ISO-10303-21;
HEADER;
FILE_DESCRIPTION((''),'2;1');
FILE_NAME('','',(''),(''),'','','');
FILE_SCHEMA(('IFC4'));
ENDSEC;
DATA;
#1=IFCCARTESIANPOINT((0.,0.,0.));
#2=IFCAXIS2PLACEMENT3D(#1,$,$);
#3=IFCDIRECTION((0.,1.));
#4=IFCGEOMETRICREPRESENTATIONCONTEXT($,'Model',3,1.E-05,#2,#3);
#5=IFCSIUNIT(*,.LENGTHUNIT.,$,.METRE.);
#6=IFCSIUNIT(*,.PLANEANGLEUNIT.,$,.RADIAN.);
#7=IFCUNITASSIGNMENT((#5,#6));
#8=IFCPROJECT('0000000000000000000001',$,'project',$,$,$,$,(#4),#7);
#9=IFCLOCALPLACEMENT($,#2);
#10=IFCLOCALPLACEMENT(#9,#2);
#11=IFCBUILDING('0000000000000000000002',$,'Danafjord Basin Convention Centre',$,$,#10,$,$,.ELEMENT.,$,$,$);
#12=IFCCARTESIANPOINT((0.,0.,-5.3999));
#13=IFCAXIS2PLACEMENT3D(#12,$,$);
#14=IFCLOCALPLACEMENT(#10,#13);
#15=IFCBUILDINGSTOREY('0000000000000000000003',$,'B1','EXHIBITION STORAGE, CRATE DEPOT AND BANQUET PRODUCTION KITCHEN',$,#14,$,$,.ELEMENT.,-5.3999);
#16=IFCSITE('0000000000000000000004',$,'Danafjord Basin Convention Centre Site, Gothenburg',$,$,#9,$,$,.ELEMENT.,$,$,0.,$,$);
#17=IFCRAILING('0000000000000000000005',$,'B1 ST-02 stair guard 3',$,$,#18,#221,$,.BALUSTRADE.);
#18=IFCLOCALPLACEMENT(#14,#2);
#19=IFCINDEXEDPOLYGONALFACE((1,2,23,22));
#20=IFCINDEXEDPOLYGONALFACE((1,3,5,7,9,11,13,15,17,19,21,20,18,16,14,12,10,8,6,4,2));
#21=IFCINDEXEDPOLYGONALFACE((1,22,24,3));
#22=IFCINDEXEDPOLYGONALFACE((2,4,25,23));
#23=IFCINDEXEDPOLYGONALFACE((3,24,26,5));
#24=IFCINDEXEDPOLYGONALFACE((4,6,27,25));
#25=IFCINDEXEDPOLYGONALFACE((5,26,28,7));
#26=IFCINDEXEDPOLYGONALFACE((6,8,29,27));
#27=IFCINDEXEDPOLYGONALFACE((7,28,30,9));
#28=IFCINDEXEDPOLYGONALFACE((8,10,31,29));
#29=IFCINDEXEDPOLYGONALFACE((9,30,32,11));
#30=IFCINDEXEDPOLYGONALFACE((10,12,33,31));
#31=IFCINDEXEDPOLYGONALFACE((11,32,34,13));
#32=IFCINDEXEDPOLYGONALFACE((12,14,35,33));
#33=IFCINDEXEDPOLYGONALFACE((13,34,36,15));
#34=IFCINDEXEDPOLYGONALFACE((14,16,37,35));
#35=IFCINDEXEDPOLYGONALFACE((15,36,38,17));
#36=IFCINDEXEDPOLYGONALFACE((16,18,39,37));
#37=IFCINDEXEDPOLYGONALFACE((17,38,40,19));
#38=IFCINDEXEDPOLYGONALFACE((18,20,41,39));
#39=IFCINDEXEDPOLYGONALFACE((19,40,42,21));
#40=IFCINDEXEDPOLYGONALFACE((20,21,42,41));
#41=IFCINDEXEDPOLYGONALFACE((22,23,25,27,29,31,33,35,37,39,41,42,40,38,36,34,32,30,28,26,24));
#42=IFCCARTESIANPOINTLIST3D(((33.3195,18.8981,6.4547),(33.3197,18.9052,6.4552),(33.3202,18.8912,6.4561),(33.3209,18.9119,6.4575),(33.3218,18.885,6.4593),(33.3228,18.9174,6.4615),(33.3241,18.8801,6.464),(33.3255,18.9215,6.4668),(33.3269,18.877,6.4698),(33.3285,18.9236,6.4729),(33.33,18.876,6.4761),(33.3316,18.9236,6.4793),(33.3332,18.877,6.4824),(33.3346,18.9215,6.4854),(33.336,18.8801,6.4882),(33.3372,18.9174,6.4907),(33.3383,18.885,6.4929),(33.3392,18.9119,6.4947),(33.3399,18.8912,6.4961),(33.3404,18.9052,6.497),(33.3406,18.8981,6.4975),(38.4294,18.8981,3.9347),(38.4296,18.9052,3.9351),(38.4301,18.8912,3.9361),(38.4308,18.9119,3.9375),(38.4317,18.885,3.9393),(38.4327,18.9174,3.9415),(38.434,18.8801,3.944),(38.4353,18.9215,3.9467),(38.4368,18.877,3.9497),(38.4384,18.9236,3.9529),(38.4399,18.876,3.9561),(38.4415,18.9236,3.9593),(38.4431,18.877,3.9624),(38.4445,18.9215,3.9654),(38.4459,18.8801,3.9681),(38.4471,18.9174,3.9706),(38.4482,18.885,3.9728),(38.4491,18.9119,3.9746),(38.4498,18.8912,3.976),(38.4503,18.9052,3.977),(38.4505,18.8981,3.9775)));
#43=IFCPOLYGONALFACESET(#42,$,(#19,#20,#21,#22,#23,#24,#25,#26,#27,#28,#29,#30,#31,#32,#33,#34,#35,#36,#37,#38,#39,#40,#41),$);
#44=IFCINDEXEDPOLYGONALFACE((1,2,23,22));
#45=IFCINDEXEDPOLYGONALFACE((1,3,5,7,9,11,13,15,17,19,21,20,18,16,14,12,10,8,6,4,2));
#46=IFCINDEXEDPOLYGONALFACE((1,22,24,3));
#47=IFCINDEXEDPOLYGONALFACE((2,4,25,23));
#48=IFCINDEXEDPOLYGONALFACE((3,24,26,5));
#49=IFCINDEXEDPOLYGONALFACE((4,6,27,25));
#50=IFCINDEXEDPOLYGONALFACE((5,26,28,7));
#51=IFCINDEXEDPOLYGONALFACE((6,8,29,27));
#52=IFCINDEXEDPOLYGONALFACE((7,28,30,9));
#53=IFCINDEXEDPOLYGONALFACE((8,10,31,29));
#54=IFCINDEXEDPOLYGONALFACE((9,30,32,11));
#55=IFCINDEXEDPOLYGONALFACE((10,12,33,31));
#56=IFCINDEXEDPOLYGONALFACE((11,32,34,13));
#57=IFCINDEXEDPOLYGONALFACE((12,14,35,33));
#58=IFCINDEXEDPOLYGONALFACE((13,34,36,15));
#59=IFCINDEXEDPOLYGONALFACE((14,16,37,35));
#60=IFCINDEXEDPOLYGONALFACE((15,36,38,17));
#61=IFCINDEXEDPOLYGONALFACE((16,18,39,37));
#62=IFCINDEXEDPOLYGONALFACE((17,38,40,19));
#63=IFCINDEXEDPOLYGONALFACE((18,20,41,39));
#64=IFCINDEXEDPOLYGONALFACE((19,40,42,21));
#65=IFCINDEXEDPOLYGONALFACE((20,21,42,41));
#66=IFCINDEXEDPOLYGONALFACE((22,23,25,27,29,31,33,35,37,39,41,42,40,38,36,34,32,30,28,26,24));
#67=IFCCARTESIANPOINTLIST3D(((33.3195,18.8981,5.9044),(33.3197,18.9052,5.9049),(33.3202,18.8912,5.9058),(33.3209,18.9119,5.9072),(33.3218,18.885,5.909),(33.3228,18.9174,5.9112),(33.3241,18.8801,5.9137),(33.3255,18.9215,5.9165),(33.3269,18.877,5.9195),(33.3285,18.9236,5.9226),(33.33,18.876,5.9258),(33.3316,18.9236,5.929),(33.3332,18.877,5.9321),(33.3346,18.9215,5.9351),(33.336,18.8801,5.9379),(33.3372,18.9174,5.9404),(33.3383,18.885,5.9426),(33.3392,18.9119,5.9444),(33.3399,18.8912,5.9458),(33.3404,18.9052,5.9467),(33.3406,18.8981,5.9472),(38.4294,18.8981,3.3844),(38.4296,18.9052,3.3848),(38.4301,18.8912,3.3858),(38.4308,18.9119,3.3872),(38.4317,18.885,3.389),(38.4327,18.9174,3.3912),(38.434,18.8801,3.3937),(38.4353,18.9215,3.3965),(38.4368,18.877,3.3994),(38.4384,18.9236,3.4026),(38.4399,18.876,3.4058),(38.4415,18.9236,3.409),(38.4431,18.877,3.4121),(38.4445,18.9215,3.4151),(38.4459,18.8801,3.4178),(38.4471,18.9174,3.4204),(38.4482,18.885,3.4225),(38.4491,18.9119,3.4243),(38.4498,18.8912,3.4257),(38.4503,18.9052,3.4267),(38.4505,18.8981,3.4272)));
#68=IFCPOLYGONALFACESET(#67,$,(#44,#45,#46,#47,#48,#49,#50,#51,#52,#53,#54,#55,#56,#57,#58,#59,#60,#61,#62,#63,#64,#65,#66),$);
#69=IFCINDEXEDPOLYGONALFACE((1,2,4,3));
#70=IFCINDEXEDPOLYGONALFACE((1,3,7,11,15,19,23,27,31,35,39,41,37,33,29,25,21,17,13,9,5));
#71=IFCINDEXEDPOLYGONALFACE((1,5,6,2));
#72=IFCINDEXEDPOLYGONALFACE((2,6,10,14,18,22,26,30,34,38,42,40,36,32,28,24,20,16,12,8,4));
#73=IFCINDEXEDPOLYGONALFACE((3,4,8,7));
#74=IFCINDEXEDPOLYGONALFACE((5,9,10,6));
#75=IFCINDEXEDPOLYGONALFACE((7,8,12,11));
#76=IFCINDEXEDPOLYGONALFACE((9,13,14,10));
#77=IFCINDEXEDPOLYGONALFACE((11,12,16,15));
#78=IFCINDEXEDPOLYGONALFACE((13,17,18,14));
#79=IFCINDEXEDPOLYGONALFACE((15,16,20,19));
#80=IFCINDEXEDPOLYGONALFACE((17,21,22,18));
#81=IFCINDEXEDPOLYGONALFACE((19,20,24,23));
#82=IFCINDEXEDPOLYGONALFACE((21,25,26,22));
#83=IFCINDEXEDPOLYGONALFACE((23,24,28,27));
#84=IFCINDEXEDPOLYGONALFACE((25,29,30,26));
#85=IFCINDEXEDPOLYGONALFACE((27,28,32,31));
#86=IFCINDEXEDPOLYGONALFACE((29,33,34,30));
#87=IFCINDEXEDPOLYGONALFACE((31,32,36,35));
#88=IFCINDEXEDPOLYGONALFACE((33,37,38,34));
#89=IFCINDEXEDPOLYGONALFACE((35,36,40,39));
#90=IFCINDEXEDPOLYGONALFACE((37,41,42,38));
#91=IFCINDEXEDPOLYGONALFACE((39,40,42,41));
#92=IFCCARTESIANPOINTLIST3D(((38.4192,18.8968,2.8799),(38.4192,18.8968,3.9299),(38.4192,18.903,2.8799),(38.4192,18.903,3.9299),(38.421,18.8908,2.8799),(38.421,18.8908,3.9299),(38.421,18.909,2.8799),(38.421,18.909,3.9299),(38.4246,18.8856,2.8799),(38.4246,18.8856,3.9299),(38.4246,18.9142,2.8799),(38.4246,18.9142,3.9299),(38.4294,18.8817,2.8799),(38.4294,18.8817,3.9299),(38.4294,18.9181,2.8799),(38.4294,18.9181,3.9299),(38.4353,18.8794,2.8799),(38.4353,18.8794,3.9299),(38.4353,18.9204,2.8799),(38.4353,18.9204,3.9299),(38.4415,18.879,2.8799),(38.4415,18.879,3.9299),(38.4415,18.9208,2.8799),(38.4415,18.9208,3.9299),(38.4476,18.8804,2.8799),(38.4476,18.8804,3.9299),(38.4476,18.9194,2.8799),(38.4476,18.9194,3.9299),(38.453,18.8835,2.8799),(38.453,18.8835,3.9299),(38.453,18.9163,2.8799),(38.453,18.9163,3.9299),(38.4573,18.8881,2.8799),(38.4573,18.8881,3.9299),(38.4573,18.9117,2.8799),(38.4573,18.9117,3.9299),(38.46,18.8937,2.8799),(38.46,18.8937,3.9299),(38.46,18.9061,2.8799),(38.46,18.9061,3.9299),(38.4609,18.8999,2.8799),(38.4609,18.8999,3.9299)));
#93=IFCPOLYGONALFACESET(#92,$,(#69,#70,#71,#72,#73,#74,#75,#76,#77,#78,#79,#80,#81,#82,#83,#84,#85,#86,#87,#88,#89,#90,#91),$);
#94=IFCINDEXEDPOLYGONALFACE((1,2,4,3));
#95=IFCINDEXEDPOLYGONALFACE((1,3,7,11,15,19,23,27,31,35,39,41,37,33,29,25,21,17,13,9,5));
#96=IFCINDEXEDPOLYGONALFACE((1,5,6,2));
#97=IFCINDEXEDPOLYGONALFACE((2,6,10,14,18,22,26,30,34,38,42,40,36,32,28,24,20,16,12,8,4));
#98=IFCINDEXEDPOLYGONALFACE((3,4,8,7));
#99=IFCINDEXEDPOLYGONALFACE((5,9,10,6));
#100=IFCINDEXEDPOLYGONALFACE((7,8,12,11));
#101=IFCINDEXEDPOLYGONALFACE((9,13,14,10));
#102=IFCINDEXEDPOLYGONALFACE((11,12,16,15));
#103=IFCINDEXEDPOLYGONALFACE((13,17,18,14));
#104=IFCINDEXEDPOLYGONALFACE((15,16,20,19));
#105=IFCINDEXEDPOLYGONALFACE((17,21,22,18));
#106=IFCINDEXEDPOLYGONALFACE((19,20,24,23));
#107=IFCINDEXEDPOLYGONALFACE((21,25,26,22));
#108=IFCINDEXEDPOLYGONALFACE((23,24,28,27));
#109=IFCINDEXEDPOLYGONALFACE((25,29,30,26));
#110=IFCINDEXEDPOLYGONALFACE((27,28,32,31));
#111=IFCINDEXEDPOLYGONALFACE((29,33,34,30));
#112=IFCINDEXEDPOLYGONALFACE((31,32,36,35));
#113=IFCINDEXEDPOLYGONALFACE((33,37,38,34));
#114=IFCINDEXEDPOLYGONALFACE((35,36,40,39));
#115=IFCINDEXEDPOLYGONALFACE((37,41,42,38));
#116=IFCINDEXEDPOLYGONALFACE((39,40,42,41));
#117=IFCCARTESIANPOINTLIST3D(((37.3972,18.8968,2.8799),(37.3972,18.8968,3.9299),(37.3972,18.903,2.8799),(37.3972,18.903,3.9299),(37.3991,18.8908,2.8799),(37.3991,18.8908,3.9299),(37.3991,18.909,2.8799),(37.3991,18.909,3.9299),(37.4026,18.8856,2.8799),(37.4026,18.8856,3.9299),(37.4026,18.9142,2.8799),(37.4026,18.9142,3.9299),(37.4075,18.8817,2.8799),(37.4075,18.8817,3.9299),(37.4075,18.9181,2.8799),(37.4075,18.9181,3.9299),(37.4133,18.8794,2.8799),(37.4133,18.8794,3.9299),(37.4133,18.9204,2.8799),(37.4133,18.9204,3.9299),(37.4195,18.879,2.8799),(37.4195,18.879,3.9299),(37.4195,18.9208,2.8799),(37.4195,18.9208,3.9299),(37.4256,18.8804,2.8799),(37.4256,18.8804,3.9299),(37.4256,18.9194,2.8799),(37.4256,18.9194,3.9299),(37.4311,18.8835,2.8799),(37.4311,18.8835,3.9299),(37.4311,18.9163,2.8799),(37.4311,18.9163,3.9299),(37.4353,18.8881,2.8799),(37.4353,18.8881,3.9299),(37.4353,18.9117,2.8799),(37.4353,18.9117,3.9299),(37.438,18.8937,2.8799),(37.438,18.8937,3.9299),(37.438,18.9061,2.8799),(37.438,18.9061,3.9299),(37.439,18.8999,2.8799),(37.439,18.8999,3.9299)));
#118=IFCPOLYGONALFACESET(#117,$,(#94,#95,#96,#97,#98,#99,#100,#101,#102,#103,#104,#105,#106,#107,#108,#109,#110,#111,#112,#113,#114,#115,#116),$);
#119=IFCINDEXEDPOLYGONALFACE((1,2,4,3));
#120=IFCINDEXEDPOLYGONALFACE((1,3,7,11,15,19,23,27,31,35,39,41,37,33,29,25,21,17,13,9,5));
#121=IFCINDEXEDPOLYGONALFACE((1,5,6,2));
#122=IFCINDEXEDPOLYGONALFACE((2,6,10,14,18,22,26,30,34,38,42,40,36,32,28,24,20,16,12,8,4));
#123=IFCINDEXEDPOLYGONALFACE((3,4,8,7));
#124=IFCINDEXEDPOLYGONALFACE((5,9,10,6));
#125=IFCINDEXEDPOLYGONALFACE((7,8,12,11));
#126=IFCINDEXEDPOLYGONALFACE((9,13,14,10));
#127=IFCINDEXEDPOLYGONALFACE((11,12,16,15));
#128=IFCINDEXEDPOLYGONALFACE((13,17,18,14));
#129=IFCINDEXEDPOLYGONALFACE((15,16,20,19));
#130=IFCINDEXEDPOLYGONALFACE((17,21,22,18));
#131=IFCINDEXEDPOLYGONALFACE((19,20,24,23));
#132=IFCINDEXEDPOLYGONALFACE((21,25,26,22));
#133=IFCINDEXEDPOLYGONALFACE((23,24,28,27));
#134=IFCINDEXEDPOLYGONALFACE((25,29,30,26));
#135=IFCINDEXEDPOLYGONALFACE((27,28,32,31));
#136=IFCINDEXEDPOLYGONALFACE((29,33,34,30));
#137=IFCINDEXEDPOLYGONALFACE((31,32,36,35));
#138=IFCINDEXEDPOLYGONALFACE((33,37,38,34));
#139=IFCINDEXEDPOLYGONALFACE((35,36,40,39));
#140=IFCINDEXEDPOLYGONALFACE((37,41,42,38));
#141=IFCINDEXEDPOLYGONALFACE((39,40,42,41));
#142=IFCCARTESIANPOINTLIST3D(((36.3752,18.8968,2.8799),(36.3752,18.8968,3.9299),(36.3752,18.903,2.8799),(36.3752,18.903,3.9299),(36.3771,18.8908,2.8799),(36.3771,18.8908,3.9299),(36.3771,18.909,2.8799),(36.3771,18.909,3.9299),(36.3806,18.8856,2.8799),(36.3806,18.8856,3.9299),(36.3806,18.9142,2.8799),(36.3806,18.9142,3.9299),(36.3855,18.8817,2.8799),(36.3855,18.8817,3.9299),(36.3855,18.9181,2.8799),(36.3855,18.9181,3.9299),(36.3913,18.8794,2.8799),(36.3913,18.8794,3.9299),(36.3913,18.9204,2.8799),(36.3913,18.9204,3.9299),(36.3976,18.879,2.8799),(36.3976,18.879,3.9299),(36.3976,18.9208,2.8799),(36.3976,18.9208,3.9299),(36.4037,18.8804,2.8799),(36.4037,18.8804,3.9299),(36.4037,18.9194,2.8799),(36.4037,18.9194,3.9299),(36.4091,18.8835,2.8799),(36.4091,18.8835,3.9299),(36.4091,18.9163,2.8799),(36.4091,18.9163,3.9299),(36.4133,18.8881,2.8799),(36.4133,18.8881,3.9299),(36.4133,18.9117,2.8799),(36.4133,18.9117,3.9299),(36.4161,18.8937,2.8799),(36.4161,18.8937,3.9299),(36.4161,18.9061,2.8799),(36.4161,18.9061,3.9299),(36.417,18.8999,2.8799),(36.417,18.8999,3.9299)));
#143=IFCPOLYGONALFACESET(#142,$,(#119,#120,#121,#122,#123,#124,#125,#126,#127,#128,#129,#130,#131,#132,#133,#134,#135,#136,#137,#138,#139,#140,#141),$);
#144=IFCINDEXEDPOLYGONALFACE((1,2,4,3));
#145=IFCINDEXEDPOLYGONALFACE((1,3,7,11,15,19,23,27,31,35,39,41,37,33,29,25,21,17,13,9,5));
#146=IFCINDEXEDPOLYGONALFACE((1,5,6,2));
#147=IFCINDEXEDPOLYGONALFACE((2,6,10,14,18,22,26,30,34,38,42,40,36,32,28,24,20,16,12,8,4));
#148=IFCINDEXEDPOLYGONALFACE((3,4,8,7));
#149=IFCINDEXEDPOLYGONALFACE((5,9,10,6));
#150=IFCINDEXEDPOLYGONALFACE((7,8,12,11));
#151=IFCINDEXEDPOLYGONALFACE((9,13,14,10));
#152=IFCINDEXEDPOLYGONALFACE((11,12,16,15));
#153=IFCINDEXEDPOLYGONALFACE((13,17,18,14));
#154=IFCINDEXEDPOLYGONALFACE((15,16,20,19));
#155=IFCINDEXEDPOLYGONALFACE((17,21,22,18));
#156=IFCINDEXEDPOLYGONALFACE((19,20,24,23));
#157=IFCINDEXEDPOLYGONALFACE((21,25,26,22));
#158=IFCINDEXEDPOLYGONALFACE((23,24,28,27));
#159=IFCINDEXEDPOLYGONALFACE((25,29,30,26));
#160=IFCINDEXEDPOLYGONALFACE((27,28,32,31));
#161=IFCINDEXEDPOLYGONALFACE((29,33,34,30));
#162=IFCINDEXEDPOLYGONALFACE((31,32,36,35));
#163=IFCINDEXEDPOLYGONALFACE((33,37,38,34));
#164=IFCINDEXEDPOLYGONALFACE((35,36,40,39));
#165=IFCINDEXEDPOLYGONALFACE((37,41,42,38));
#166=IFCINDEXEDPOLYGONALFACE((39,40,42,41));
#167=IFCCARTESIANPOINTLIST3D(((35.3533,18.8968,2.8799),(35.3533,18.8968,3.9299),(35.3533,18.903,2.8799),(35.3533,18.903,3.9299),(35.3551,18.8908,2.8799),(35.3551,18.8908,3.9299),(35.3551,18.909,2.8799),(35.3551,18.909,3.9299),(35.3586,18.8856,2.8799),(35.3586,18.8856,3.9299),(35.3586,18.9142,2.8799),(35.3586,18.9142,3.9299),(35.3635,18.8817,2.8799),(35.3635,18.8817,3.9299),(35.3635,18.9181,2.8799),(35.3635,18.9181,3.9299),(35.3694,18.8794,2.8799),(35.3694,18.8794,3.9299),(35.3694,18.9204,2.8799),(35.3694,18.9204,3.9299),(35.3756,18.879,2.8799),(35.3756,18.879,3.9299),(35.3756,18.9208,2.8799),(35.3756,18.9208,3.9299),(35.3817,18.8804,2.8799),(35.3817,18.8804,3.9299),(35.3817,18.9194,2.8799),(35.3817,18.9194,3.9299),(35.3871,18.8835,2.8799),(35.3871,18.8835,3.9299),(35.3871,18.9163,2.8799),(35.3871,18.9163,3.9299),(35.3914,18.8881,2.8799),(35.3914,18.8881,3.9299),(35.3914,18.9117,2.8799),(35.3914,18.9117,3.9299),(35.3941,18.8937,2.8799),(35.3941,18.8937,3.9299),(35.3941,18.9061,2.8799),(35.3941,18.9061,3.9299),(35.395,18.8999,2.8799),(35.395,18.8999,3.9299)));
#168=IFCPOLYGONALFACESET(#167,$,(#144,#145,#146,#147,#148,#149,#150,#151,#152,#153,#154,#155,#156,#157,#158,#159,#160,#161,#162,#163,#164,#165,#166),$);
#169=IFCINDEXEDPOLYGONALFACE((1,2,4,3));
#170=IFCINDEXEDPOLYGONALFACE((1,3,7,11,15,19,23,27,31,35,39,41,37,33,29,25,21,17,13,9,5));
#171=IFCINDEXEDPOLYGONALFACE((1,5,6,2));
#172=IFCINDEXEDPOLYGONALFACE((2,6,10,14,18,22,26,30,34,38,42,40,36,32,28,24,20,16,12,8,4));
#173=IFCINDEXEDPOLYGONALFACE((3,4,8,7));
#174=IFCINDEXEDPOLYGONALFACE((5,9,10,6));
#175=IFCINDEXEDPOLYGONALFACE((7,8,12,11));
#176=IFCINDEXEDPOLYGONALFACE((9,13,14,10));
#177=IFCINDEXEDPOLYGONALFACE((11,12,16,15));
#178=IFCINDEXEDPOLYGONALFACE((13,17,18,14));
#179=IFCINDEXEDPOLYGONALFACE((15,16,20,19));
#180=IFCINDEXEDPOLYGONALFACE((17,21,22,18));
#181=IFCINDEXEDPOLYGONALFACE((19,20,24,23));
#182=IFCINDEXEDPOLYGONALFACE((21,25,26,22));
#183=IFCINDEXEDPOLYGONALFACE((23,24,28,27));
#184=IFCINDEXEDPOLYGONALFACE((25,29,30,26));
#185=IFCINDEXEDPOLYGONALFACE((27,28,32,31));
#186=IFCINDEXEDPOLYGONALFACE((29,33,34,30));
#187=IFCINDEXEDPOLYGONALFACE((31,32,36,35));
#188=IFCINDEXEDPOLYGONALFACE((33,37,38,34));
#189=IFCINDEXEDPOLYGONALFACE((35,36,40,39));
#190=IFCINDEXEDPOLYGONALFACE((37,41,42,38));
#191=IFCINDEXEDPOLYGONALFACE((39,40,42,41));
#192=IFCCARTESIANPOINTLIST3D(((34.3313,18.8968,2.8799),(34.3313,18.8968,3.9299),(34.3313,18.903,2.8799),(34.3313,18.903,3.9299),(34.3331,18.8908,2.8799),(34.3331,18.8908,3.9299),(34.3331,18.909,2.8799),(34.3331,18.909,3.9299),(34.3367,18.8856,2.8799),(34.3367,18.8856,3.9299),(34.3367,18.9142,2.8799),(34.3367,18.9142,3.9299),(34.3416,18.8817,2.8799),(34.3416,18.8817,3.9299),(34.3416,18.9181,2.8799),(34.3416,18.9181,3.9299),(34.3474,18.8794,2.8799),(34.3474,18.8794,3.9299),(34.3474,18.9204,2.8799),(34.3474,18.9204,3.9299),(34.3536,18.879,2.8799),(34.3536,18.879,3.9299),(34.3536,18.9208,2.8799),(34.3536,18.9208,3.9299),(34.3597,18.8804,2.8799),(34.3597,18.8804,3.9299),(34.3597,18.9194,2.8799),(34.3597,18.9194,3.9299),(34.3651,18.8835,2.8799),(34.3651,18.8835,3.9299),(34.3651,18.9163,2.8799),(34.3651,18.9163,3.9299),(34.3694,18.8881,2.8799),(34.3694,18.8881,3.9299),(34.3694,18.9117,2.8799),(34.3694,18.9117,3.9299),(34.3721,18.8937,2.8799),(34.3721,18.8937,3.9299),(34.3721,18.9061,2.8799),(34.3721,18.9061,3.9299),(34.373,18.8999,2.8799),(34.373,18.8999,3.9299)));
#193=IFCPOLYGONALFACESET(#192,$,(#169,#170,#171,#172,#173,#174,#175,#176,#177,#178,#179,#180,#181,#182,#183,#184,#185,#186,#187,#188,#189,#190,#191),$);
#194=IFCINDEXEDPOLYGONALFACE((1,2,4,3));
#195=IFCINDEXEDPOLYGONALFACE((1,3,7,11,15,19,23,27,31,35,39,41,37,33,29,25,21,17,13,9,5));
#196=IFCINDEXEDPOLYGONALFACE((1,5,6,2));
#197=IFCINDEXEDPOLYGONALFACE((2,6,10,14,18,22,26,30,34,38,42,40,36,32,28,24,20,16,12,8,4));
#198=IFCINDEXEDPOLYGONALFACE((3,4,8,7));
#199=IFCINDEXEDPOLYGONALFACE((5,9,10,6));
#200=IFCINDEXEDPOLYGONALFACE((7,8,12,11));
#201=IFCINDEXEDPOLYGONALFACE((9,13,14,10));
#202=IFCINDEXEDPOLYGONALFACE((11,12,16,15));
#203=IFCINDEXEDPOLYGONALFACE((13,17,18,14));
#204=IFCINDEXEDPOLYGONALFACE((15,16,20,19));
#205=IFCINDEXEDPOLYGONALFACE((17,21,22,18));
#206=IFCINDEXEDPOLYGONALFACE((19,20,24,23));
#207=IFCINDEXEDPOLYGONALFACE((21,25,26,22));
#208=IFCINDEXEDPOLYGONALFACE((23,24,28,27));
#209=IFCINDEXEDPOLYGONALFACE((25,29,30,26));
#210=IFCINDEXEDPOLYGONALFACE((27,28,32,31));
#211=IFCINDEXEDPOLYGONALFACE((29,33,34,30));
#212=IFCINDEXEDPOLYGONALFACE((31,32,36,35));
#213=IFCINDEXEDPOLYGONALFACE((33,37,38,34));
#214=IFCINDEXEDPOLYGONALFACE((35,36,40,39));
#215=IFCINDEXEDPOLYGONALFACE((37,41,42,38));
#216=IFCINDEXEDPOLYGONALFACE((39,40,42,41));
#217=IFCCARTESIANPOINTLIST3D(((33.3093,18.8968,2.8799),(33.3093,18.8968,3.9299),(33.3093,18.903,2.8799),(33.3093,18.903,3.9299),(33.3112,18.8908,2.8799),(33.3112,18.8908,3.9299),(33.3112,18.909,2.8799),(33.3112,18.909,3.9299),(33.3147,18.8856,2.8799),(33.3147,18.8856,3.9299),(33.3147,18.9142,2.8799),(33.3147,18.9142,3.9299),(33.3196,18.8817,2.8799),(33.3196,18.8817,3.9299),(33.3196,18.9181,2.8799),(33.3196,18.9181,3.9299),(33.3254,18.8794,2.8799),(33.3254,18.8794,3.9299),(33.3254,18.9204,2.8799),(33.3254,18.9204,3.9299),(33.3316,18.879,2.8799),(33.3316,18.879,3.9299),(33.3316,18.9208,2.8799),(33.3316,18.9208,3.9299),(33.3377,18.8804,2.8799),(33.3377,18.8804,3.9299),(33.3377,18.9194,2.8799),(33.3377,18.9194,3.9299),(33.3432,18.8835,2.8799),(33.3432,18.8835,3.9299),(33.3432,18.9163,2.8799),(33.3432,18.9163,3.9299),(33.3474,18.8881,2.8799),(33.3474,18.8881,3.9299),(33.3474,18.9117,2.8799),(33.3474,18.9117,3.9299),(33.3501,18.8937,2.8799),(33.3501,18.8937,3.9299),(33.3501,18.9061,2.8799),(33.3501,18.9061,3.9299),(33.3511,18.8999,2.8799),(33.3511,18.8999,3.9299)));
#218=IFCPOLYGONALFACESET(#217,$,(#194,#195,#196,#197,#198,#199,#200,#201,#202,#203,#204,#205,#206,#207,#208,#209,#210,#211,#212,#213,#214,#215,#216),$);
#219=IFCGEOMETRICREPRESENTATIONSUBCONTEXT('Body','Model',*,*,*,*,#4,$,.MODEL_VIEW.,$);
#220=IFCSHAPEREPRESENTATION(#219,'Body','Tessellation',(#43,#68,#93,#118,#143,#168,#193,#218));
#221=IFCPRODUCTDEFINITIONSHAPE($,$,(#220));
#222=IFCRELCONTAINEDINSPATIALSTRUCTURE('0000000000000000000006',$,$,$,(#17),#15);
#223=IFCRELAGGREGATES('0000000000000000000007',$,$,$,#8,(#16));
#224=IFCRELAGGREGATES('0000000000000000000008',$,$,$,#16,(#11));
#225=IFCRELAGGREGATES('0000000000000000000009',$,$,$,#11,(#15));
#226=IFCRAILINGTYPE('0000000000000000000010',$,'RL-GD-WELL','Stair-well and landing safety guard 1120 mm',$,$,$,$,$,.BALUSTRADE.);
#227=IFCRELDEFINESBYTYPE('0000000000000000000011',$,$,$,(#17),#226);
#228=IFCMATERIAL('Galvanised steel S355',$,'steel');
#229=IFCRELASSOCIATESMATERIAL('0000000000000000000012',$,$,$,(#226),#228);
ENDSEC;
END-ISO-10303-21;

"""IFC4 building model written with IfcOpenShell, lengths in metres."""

from ifc_helpers import new_model, si_unit, direction, frame, origin, origin_2d, place, context, subcontext, project, spatial, circle, extrude, material, type_object, element, save


model = new_model("IFC4")

# Units and contexts
model_context = context("Model", 3, precision=1e-05, world=origin(), true_north=direction((0.0, 1.0)))
body_context = subcontext(model_context, "Body", "Model", "MODEL_VIEW")
ifc_project = project(units=[si_unit("LENGTHUNIT", "METRE"), si_unit("PLANEANGLEUNIT", "RADIAN")], contexts=[model_context])

# Site, building, storey
site_placement = place(None, origin())
site = spatial("IfcSite", under=ifc_project, at=site_placement, Name="Danafjord Basin Convention Centre Site, Gothenburg", CompositionType="ELEMENT", RefElevation=0.0)
building_placement = place(site_placement, origin())
building = spatial("IfcBuilding", under=site, at=building_placement, Name="Danafjord Basin Convention Centre", CompositionType="ELEMENT")
storey_placement = place(building_placement, frame((0.0, 0.0, -5.3999)))
storey = spatial("IfcBuildingStorey", under=building, at=storey_placement, Name="B1", Description="EXHIBITION STORAGE, CRATE DEPOT AND BANQUET PRODUCTION KITCHEN", CompositionType="ELEMENT", Elevation=-5.3999)

# Railing
ifc_material_1 = material(Name="Galvanised steel S355", Category="steel")
railing_type_1 = type_object("IfcRailingType", Name="RL-GD-WELL", Description="Stair-well and landing safety guard 1120 mm", PredefinedType="BALUSTRADE", material=ifc_material_1)
railing_1_placement = place(storey_placement, frame((38.4399, 18.8999, 2.8799)))
element("IfcRailing", 1, at=railing_1_placement, inside=storey, type_object=railing_type_1, Name="B1 ST-02 stair guard 3", PredefinedType="BALUSTRADE", context=body_context, shape_type="SweptSolid", body=[
    extrude(circle(Radius=0.0239, at=origin_2d()), frame((0.0, 0.0, 1.0762), z_axis=(-0.896865, 0.0, 0.442305), x_axis=(0.0, -1.0, 0.0)), (0.0, 0.0, 1.0), 5.6975),
    extrude(circle(Radius=0.0239, at=origin_2d()), frame((0.0, 0.0, 0.5259), z_axis=(-0.896865, 0.0, 0.442305), x_axis=(0.0, -1.0, 0.0)), (0.0, 0.0, 1.0), 5.6975),
    extrude(circle(Radius=0.021, at=origin_2d()), origin(), (0.0, 0.0, 1.0), 1.05),
    extrude(circle(Radius=0.021, at=origin_2d()), frame((-1.022, 0.0, 0.0)), (0.0, 0.0, 1.0), 1.05),
    extrude(circle(Radius=0.021, at=origin_2d()), frame((-2.0439, 0.0, 0.0)), (0.0, 0.0, 1.0), 1.05),
    extrude(circle(Radius=0.021, at=origin_2d()), frame((-3.0659, 0.0, 0.0)), (0.0, 0.0, 1.0), 1.05),
    extrude(circle(Radius=0.021, at=origin_2d()), frame((-4.0879, 0.0, 0.0)), (0.0, 0.0, 1.0), 1.05),
    extrude(circle(Radius=0.021, at=origin_2d()), frame((-5.1099, 0.0, 0.0)), (0.0, 0.0, 1.0), 1.05),
])

save(model, "model.ifc")
